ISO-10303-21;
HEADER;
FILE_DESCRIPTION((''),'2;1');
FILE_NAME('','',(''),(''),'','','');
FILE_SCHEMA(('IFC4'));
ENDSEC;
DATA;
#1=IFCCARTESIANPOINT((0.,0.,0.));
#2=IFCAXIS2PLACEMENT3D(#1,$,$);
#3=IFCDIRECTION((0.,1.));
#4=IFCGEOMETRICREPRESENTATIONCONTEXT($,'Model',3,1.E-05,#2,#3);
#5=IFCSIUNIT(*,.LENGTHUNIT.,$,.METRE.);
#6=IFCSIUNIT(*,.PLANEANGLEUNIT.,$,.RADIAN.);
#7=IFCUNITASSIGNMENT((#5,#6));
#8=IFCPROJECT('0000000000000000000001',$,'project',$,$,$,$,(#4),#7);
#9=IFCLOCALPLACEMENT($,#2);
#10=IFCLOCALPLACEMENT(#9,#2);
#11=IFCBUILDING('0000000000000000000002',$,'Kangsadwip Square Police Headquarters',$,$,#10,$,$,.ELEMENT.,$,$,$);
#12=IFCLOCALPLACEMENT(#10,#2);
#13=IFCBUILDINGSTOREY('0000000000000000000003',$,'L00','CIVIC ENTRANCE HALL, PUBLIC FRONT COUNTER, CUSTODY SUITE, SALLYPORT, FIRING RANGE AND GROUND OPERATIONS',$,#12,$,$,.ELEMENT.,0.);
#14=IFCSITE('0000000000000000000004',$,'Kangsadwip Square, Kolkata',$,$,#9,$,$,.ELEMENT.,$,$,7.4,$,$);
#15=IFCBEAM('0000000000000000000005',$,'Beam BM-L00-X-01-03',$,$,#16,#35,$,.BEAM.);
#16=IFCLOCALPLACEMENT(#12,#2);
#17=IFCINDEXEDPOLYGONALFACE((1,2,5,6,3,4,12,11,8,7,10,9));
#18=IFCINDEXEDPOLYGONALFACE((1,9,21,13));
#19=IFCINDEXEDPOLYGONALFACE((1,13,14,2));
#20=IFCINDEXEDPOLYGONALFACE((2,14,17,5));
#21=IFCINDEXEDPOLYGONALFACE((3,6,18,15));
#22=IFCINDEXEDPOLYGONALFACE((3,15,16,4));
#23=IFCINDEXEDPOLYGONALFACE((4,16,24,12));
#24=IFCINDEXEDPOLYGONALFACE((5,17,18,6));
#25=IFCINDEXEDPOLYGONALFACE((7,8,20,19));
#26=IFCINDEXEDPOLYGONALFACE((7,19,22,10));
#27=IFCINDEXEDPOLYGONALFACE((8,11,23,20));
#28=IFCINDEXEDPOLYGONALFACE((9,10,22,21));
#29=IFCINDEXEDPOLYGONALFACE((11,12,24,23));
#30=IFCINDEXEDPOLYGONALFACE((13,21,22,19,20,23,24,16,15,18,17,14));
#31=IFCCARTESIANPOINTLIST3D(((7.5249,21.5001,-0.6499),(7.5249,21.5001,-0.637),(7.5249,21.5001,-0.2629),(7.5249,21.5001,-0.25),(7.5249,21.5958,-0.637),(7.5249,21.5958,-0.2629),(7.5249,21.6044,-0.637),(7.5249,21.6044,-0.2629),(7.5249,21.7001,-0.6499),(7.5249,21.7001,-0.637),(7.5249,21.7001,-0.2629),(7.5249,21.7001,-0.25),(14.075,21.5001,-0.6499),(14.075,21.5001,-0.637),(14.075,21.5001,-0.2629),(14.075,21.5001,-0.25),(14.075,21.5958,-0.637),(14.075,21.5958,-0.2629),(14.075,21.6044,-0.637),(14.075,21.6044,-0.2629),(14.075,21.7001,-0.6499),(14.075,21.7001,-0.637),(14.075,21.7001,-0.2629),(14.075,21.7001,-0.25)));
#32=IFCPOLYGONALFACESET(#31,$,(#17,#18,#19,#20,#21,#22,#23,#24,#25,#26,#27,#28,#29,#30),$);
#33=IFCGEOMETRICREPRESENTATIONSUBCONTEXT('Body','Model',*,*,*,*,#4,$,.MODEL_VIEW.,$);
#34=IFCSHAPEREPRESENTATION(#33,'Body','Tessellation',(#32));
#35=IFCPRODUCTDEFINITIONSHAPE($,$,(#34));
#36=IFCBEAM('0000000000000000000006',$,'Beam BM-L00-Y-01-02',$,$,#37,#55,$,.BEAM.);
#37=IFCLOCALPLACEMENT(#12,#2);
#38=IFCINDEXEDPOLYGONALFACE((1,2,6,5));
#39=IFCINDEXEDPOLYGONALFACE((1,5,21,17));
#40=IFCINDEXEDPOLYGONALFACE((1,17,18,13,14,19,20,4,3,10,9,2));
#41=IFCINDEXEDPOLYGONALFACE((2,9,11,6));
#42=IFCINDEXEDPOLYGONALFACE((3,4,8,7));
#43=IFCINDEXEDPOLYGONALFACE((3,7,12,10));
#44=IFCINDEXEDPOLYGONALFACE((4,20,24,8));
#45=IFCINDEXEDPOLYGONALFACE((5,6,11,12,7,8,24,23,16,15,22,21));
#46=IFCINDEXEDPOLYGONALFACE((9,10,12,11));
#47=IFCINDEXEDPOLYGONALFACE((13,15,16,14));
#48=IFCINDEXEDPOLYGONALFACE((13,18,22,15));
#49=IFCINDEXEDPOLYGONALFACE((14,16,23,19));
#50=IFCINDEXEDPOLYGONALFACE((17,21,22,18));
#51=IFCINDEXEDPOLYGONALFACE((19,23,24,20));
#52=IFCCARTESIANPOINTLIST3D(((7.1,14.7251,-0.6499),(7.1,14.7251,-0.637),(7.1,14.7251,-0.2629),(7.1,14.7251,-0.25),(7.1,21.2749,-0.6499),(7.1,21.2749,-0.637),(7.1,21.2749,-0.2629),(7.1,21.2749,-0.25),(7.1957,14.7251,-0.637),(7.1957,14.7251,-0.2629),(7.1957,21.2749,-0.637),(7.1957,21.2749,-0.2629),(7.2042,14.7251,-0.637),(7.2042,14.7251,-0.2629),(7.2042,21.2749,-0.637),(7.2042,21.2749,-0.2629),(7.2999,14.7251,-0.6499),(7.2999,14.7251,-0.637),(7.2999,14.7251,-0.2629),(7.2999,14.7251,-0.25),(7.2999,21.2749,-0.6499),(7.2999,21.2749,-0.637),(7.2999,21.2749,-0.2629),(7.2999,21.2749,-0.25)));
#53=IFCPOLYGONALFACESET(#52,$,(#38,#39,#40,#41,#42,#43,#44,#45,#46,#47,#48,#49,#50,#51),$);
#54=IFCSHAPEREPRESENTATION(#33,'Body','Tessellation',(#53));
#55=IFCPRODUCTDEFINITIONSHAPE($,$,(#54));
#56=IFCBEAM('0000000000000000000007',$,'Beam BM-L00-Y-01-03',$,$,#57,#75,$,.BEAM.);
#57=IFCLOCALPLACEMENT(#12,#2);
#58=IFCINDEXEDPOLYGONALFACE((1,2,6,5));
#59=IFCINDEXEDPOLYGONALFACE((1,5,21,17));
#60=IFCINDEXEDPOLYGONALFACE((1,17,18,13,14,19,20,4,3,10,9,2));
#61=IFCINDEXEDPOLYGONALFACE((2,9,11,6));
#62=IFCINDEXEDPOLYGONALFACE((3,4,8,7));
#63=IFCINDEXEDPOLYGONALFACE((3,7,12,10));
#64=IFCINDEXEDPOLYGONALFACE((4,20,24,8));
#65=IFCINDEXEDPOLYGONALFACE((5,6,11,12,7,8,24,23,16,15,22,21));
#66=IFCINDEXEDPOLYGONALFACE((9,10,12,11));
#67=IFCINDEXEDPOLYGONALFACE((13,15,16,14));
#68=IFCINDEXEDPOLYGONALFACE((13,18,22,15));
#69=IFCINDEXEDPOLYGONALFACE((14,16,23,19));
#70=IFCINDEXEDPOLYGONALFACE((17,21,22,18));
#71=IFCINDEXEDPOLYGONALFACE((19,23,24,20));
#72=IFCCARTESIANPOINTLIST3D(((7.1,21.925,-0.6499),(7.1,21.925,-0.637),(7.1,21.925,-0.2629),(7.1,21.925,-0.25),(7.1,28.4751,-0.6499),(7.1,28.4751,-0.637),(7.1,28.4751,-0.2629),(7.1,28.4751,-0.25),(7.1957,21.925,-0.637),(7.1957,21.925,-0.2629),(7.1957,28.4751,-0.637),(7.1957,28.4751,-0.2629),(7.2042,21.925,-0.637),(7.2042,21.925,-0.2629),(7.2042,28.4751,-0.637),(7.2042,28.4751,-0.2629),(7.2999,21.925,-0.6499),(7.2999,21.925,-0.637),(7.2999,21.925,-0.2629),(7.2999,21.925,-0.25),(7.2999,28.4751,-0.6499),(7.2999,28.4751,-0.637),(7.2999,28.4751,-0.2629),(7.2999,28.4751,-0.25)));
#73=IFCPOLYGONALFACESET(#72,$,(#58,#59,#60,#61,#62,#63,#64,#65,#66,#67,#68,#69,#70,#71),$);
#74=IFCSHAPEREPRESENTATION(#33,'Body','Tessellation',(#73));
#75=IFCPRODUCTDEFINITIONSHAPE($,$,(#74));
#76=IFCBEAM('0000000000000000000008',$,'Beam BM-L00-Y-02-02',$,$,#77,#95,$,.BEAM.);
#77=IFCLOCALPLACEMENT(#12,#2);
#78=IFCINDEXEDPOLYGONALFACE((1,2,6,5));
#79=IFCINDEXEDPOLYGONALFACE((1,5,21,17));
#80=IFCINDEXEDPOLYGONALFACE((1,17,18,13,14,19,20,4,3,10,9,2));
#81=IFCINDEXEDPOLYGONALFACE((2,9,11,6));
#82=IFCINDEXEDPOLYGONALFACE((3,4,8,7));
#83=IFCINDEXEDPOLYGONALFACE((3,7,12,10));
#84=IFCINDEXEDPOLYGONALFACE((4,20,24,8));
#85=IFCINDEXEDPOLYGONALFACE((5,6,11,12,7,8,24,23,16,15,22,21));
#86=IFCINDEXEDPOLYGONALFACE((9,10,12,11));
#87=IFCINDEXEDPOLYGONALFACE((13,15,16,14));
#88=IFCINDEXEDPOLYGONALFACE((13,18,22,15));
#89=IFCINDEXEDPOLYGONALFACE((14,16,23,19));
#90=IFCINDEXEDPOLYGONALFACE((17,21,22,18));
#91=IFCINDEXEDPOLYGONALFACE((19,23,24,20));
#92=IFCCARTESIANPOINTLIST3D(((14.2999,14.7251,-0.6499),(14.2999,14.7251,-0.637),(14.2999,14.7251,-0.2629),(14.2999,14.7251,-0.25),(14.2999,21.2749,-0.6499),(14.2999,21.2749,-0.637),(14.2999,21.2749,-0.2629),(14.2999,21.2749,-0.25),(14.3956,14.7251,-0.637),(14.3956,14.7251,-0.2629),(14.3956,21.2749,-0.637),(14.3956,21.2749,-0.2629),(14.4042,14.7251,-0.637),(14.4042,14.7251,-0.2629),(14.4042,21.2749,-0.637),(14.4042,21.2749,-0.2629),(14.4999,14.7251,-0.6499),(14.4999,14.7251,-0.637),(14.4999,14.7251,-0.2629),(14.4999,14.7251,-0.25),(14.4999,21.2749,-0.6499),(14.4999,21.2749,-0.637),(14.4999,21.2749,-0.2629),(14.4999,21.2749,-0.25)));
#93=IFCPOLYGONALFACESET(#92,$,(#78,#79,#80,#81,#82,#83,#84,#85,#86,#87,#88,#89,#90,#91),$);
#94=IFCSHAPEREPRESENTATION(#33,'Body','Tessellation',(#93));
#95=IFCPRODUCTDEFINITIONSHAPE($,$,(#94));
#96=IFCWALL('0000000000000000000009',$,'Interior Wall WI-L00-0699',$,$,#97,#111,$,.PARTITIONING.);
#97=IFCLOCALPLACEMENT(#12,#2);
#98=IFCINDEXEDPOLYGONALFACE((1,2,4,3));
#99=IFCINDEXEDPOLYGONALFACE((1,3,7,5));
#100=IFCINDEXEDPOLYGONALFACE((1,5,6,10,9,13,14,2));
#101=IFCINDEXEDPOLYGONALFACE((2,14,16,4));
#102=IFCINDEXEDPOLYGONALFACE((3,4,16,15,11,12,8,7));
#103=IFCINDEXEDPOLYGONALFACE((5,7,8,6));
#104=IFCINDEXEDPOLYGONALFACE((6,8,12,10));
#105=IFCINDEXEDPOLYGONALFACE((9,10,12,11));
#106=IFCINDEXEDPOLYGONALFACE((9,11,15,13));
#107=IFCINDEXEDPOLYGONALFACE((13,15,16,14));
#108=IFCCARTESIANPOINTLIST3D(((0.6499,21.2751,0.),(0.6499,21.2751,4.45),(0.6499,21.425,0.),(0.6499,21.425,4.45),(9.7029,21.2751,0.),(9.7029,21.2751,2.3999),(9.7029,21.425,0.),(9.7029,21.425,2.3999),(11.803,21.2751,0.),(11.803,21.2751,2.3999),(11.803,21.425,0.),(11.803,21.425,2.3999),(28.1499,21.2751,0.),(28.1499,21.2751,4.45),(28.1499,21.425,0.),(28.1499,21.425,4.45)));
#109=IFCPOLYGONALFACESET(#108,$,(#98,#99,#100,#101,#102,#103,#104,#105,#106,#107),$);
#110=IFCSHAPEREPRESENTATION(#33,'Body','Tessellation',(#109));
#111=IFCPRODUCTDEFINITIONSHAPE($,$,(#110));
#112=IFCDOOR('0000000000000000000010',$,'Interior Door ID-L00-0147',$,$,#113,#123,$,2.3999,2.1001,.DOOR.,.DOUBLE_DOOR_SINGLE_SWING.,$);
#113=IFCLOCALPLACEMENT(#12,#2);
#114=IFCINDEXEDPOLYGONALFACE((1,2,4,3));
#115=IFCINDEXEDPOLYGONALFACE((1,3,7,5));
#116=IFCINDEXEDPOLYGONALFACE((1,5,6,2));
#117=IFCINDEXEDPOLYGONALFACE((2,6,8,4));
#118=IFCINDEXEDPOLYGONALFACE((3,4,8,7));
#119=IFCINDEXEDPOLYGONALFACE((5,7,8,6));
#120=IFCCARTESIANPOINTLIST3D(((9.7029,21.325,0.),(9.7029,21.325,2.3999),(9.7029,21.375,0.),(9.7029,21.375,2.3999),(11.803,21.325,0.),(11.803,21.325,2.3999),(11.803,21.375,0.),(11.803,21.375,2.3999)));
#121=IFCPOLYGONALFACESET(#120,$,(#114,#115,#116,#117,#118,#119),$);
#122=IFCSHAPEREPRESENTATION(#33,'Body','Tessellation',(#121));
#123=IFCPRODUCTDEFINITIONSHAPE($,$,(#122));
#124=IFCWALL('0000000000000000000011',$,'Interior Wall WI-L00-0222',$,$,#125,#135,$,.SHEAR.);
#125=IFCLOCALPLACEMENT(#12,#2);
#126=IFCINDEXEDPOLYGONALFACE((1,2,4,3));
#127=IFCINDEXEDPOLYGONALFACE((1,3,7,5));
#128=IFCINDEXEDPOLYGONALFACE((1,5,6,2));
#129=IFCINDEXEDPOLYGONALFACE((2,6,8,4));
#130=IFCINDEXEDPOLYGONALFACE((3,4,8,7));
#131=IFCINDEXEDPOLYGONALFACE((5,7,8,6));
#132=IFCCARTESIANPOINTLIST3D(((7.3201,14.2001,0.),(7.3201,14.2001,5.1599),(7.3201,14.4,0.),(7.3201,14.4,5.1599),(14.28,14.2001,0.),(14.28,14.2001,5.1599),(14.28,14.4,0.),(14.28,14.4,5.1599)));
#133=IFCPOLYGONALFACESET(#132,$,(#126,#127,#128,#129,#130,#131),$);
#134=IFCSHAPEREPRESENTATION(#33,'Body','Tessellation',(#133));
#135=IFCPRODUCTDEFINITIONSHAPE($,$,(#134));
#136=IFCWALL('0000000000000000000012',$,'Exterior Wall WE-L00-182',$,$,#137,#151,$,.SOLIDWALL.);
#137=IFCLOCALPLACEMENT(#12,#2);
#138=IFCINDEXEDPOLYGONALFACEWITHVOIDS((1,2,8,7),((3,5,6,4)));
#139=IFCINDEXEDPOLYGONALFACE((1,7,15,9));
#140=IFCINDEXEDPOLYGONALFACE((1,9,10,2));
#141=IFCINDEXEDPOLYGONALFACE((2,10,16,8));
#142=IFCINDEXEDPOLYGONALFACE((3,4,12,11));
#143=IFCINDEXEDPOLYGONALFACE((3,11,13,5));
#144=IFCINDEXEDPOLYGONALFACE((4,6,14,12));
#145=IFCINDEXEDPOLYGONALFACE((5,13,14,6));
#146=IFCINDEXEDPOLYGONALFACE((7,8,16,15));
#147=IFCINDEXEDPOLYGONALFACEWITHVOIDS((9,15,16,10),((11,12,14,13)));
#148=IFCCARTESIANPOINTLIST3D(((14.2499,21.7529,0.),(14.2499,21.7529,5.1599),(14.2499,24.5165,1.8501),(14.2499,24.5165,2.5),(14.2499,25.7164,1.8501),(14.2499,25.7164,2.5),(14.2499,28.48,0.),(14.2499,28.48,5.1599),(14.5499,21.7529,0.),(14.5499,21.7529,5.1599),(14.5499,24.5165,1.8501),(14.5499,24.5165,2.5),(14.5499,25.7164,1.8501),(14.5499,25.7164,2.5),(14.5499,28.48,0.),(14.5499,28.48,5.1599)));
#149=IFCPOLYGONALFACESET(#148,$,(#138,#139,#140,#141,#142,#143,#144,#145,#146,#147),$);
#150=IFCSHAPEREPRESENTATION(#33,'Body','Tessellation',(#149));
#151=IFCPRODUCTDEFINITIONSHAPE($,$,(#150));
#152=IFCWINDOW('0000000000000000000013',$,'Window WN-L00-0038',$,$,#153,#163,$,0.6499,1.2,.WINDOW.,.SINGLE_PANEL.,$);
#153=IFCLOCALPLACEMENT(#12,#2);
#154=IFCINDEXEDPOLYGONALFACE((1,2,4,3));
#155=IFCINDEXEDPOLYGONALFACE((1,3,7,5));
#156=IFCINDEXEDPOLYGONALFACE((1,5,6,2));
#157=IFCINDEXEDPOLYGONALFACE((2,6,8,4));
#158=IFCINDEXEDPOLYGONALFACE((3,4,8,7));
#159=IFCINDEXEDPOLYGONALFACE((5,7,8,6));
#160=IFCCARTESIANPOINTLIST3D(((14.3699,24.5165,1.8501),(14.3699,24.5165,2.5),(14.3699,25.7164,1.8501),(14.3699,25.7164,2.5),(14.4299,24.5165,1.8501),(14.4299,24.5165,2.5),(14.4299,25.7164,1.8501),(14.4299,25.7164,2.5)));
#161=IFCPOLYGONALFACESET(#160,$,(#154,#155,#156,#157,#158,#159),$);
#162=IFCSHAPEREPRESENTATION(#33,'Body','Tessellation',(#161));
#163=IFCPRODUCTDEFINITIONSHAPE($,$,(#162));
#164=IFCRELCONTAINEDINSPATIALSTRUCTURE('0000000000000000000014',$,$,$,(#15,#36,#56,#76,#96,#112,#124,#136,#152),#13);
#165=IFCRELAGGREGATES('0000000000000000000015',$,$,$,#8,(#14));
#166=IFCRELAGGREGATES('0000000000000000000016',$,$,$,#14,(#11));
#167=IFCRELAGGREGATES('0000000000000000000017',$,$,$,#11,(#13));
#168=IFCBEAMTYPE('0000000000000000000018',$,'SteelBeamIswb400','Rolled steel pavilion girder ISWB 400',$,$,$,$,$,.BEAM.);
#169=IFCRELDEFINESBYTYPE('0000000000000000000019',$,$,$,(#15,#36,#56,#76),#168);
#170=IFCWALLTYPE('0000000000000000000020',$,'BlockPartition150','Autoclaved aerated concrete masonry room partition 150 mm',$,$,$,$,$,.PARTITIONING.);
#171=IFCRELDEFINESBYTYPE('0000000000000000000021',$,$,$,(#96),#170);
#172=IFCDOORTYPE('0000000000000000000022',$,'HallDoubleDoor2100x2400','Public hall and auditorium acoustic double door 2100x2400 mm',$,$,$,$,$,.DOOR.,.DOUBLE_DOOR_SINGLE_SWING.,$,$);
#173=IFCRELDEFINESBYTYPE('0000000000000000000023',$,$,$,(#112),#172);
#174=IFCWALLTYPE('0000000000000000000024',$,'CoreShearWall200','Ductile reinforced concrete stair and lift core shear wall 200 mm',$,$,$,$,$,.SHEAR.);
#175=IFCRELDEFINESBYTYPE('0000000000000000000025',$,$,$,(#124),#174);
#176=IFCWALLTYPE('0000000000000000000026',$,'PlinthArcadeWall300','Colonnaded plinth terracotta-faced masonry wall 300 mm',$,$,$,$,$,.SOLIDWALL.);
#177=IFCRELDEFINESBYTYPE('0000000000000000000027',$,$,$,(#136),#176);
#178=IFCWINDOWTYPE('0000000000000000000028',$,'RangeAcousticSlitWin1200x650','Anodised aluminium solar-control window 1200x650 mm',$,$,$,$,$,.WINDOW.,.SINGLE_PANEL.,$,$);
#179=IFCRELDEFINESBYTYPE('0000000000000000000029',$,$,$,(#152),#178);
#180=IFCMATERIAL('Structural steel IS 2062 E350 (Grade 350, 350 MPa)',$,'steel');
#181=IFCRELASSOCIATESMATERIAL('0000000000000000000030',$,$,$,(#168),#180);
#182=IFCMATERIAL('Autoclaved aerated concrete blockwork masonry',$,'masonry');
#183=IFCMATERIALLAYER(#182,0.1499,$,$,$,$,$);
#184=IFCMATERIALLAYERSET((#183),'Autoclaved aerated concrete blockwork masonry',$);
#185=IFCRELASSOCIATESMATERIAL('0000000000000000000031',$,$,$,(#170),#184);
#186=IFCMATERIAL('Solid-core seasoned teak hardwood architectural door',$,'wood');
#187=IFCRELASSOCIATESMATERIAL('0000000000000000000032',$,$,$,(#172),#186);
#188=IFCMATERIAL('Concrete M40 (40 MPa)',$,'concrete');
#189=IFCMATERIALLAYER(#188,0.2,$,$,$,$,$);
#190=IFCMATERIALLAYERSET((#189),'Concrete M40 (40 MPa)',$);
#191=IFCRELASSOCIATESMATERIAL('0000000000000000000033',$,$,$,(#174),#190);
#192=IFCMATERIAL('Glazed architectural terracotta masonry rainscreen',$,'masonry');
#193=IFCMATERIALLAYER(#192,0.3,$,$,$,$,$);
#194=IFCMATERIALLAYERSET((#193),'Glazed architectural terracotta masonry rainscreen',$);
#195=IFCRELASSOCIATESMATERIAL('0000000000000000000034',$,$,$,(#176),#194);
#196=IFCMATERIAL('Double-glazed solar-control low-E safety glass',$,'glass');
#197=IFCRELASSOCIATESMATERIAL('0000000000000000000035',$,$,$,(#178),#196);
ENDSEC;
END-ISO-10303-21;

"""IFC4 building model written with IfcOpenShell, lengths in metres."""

from ifc_helpers import new_model, si_unit, direction, frame, frame_2d, origin, origin_2d, place, context, subcontext, project, spatial, rectangle, i_section, extrude, material, layer, layer_set, material_profile, profile_set, type_object, element, fill, save


model = new_model("IFC4")

# Units and contexts
model_context = context("Model", 3, precision=1e-05, world=origin(), true_north=direction((0.0, 1.0)))
body_context = subcontext(model_context, "Body", "Model", "MODEL_VIEW")
ifc_project = project(units=[si_unit("LENGTHUNIT", "METRE"), si_unit("PLANEANGLEUNIT", "RADIAN")], contexts=[model_context])

# Site, building, storey
site_placement = place(None, origin())
site = spatial("IfcSite", under=ifc_project, at=site_placement, Name="Kangsadwip Square, Kolkata", CompositionType="ELEMENT", RefElevation=7.4)
building_placement = place(site_placement, origin())
building = spatial("IfcBuilding", under=site, at=building_placement, Name="Kangsadwip Square Police Headquarters", CompositionType="ELEMENT")
storey_placement = place(building_placement, origin())
storey = spatial("IfcBuildingStorey", under=building, at=storey_placement, Name="L00", Description="CIVIC ENTRANCE HALL, PUBLIC FRONT COUNTER, CUSTODY SUITE, SALLYPORT, FIRING RANGE AND GROUND OPERATIONS", CompositionType="ELEMENT", Elevation=0.0)

# Beams
ifc_material_1 = material(Name="Structural steel IS 2062 E350 (Grade 350, 350 MPa)", Category="steel")
ifc_material_profile_1 = material_profile(ifc_material_1, i_section(OverallWidth=0.2, OverallDepth=0.3999, WebThickness=0.0085, FlangeThickness=0.0129, at=origin_2d()), Name="ISWB 400")
ifc_profile_set_1 = profile_set([ifc_material_profile_1], Name="Structural steel IS 2062 E350 (Grade 350, 350 MPa)")
beam_type_1 = type_object("IfcBeamType", Name="SteelBeamIswb400", Description="Rolled steel pavilion girder ISWB 400", PredefinedType="BEAM", material=ifc_profile_set_1)
beam_1_placement = place(storey_placement, frame((7.5249, 21.6001, -0.45), z_axis=(1.0, 0.0, 0.0), x_axis=(0.0, 1.0, 0.0)))
element("IfcBeam", 1, at=beam_1_placement, inside=storey, type_object=beam_type_1, Name="Beam BM-L00-X-01-03", PredefinedType="BEAM", context=body_context, shape_type="SweptSolid", body=[
    extrude(i_section(OverallWidth=0.2, OverallDepth=0.3999, WebThickness=0.0085, FlangeThickness=0.0129, at=origin_2d()), origin(), (0.0, 0.0, 1.0), 6.55),
])
beam_2_placement = place(storey_placement, frame((7.2, 14.7251, -0.45), z_axis=(0.0, 1.0, 0.0), x_axis=(-1.0, 0.0, 0.0)))
element("IfcBeam", 2, at=beam_2_placement, inside=storey, type_object=beam_type_1, Name="Beam BM-L00-Y-01-02", PredefinedType="BEAM", context=body_context, shape_type="SweptSolid", body=[
    extrude(i_section(OverallWidth=0.2, OverallDepth=0.3999, WebThickness=0.0085, FlangeThickness=0.0129, at=origin_2d()), origin(), (0.0, 0.0, 1.0), 6.5498),
])
beam_3_placement = place(storey_placement, frame((7.2, 21.925, -0.45), z_axis=(0.0, 1.0, 0.0), x_axis=(-1.0, 0.0, 0.0)))
element("IfcBeam", 3, at=beam_3_placement, inside=storey, type_object=beam_type_1, Name="Beam BM-L00-Y-01-03", PredefinedType="BEAM", context=body_context, shape_type="SweptSolid", body=[
    extrude(i_section(OverallWidth=0.2, OverallDepth=0.3999, WebThickness=0.0085, FlangeThickness=0.0129, at=origin_2d()), origin(), (0.0, 0.0, 1.0), 6.55),
])
beam_4_placement = place(storey_placement, frame((14.3999, 14.7251, -0.45), z_axis=(0.0, 1.0, 0.0), x_axis=(-1.0, 0.0, 0.0)))
element("IfcBeam", 4, at=beam_4_placement, inside=storey, type_object=beam_type_1, Name="Beam BM-L00-Y-02-02", PredefinedType="BEAM", context=body_context, shape_type="SweptSolid", body=[
    extrude(i_section(OverallWidth=0.2, OverallDepth=0.3999, WebThickness=0.0085, FlangeThickness=0.0129, at=origin_2d()), origin(), (0.0, 0.0, 1.0), 6.5498),
])

# Wall, opening, door
ifc_material_2 = material(Name="Autoclaved aerated concrete blockwork masonry", Category="masonry")
ifc_layer_1 = layer(ifc_material_2, 0.1499)
ifc_layer_set_1 = layer_set([ifc_layer_1], Name="Autoclaved aerated concrete blockwork masonry")
wall_type_1 = type_object("IfcWallType", Name="BlockPartition150", Description="Autoclaved aerated concrete masonry room partition 150 mm", PredefinedType="PARTITIONING", material=ifc_layer_set_1)
wall_1_placement = place(storey_placement, frame((0.6499, 21.3501, 0.0), z_axis=(0.0, 0.0, 1.0), x_axis=(1.0, 0.0, 0.0)))
wall_1 = element("IfcWall", 5, at=wall_1_placement, inside=storey, type_object=wall_type_1, Name="Interior Wall WI-L00-0699", PredefinedType="PARTITIONING", context=body_context, shape_type="SweptSolid", body=[
    extrude(rectangle(XDim=27.5, YDim=0.1499, at=frame_2d((13.75, 0.0))), origin(), (0.0, 0.0, 1.0), 4.45),
])
opening_1_placement = place(wall_1_placement, frame((9.053, 0.0, 0.0)))
opening_1 = element("IfcOpeningElement", 6, at=opening_1_placement, cuts=wall_1, PredefinedType="OPENING", context=body_context, shape_type="SweptSolid", body=[
    extrude(rectangle(XDim=2.1001, YDim=2.3999, at=frame_2d((1.05, 1.2))), frame((0.0, 0.085, 0.0), z_axis=(0.0, -1.0, 0.0), x_axis=(1.0, 0.0, 0.0)), (0.0, 0.0, 1.0), 0.1699),
])
ifc_material_3 = material(Name="Solid-core seasoned teak hardwood architectural door", Category="wood")
door_type = type_object("IfcDoorType", Name="HallDoubleDoor2100x2400", Description="Public hall and auditorium acoustic double door 2100x2400 mm", OperationType="DOUBLE_DOOR_SINGLE_SWING", PredefinedType="DOOR", material=ifc_material_3)
door_placement = place(opening_1_placement, origin())
door = element("IfcDoor", 7, at=door_placement, inside=storey, type_object=door_type, Name="Interior Door ID-L00-0147", OperationType="DOUBLE_DOOR_SINGLE_SWING", OverallHeight=2.3999, OverallWidth=2.1001, PredefinedType="DOOR", context=body_context, shape_type="SweptSolid", body=[
    extrude(rectangle(XDim=2.1001, YDim=2.3999, at=frame_2d((1.05, 1.2))), frame((0.0, 0.0249, 0.0), z_axis=(0.0, -1.0, 0.0), x_axis=(1.0, 0.0, 0.0)), (0.0, 0.0, 1.0), 0.05),
])
fill(opening_1, door)

# Wall
ifc_material_4 = material(Name="Concrete M40 (40 MPa)", Category="concrete")
ifc_layer_2 = layer(ifc_material_4, 0.2)
ifc_layer_set_2 = layer_set([ifc_layer_2], Name="Concrete M40 (40 MPa)")
wall_type_2 = type_object("IfcWallType", Name="CoreShearWall200", Description="Ductile reinforced concrete stair and lift core shear wall 200 mm", PredefinedType="SHEAR", material=ifc_layer_set_2)
wall_2_placement = place(storey_placement, frame((7.3201, 14.3, 0.0), z_axis=(0.0, 0.0, 1.0), x_axis=(1.0, 0.0, 0.0)))
element("IfcWall", 8, at=wall_2_placement, inside=storey, type_object=wall_type_2, Name="Interior Wall WI-L00-0222", PredefinedType="SHEAR", context=body_context, shape_type="SweptSolid", body=[
    extrude(rectangle(XDim=6.96, YDim=0.2, at=frame_2d((3.48, 0.0))), origin(), (0.0, 0.0, 1.0), 5.1599),
])

# Wall, opening, window
ifc_material_5 = material(Name="Glazed architectural terracotta masonry rainscreen", Category="masonry")
ifc_layer_3 = layer(ifc_material_5, 0.3)
ifc_layer_set_3 = layer_set([ifc_layer_3], Name="Glazed architectural terracotta masonry rainscreen")
wall_type_3 = type_object("IfcWallType", Name="PlinthArcadeWall300", Description="Colonnaded plinth terracotta-faced masonry wall 300 mm", PredefinedType="SOLIDWALL", material=ifc_layer_set_3)
wall_3_placement = place(storey_placement, frame((14.3999, 21.7529, 0.0), z_axis=(0.0, 0.0, 1.0), x_axis=(0.0, 1.0, 0.0)))
wall_3 = element("IfcWall", 9, at=wall_3_placement, inside=storey, type_object=wall_type_3, Name="Exterior Wall WE-L00-182", PredefinedType="SOLIDWALL", context=body_context, shape_type="SweptSolid", body=[
    extrude(rectangle(XDim=6.7271, YDim=0.3, at=frame_2d((3.3635, 0.0))), origin(), (0.0, 0.0, 1.0), 5.1599),
])
opening_2_placement = place(wall_3_placement, frame((2.7634, 0.0, 1.8501)))
opening_2 = element("IfcOpeningElement", 10, at=opening_2_placement, cuts=wall_3, PredefinedType="OPENING", context=body_context, shape_type="SweptSolid", body=[
    extrude(rectangle(XDim=1.2, YDim=0.6499, at=frame_2d((0.6001, 0.325))), frame((0.0, 0.1599, 0.0), z_axis=(0.0, -1.0, 0.0), x_axis=(1.0, 0.0, 0.0)), (0.0, 0.0, 1.0), 0.3201),
])
ifc_material_6 = material(Name="Double-glazed solar-control low-E safety glass", Category="glass")
window_type = type_object("IfcWindowType", Name="RangeAcousticSlitWin1200x650", Description="Anodised aluminium solar-control window 1200x650 mm", PartitioningType="SINGLE_PANEL", PredefinedType="WINDOW", material=ifc_material_6)
window_placement = place(opening_2_placement, origin())
window = element("IfcWindow", 11, at=window_placement, inside=storey, type_object=window_type, Name="Window WN-L00-0038", OverallHeight=0.6499, OverallWidth=1.2, PartitioningType="SINGLE_PANEL", PredefinedType="WINDOW", context=body_context, shape_type="SweptSolid", body=[
    extrude(rectangle(XDim=1.2, YDim=0.6499, at=frame_2d((0.6001, 0.325))), frame((0.0, 0.03, 0.0), z_axis=(0.0, -1.0, 0.0), x_axis=(1.0, 0.0, 0.0)), (0.0, 0.0, 1.0), 0.0601),
])
fill(opening_2, window)

save(model, "model.ifc")
